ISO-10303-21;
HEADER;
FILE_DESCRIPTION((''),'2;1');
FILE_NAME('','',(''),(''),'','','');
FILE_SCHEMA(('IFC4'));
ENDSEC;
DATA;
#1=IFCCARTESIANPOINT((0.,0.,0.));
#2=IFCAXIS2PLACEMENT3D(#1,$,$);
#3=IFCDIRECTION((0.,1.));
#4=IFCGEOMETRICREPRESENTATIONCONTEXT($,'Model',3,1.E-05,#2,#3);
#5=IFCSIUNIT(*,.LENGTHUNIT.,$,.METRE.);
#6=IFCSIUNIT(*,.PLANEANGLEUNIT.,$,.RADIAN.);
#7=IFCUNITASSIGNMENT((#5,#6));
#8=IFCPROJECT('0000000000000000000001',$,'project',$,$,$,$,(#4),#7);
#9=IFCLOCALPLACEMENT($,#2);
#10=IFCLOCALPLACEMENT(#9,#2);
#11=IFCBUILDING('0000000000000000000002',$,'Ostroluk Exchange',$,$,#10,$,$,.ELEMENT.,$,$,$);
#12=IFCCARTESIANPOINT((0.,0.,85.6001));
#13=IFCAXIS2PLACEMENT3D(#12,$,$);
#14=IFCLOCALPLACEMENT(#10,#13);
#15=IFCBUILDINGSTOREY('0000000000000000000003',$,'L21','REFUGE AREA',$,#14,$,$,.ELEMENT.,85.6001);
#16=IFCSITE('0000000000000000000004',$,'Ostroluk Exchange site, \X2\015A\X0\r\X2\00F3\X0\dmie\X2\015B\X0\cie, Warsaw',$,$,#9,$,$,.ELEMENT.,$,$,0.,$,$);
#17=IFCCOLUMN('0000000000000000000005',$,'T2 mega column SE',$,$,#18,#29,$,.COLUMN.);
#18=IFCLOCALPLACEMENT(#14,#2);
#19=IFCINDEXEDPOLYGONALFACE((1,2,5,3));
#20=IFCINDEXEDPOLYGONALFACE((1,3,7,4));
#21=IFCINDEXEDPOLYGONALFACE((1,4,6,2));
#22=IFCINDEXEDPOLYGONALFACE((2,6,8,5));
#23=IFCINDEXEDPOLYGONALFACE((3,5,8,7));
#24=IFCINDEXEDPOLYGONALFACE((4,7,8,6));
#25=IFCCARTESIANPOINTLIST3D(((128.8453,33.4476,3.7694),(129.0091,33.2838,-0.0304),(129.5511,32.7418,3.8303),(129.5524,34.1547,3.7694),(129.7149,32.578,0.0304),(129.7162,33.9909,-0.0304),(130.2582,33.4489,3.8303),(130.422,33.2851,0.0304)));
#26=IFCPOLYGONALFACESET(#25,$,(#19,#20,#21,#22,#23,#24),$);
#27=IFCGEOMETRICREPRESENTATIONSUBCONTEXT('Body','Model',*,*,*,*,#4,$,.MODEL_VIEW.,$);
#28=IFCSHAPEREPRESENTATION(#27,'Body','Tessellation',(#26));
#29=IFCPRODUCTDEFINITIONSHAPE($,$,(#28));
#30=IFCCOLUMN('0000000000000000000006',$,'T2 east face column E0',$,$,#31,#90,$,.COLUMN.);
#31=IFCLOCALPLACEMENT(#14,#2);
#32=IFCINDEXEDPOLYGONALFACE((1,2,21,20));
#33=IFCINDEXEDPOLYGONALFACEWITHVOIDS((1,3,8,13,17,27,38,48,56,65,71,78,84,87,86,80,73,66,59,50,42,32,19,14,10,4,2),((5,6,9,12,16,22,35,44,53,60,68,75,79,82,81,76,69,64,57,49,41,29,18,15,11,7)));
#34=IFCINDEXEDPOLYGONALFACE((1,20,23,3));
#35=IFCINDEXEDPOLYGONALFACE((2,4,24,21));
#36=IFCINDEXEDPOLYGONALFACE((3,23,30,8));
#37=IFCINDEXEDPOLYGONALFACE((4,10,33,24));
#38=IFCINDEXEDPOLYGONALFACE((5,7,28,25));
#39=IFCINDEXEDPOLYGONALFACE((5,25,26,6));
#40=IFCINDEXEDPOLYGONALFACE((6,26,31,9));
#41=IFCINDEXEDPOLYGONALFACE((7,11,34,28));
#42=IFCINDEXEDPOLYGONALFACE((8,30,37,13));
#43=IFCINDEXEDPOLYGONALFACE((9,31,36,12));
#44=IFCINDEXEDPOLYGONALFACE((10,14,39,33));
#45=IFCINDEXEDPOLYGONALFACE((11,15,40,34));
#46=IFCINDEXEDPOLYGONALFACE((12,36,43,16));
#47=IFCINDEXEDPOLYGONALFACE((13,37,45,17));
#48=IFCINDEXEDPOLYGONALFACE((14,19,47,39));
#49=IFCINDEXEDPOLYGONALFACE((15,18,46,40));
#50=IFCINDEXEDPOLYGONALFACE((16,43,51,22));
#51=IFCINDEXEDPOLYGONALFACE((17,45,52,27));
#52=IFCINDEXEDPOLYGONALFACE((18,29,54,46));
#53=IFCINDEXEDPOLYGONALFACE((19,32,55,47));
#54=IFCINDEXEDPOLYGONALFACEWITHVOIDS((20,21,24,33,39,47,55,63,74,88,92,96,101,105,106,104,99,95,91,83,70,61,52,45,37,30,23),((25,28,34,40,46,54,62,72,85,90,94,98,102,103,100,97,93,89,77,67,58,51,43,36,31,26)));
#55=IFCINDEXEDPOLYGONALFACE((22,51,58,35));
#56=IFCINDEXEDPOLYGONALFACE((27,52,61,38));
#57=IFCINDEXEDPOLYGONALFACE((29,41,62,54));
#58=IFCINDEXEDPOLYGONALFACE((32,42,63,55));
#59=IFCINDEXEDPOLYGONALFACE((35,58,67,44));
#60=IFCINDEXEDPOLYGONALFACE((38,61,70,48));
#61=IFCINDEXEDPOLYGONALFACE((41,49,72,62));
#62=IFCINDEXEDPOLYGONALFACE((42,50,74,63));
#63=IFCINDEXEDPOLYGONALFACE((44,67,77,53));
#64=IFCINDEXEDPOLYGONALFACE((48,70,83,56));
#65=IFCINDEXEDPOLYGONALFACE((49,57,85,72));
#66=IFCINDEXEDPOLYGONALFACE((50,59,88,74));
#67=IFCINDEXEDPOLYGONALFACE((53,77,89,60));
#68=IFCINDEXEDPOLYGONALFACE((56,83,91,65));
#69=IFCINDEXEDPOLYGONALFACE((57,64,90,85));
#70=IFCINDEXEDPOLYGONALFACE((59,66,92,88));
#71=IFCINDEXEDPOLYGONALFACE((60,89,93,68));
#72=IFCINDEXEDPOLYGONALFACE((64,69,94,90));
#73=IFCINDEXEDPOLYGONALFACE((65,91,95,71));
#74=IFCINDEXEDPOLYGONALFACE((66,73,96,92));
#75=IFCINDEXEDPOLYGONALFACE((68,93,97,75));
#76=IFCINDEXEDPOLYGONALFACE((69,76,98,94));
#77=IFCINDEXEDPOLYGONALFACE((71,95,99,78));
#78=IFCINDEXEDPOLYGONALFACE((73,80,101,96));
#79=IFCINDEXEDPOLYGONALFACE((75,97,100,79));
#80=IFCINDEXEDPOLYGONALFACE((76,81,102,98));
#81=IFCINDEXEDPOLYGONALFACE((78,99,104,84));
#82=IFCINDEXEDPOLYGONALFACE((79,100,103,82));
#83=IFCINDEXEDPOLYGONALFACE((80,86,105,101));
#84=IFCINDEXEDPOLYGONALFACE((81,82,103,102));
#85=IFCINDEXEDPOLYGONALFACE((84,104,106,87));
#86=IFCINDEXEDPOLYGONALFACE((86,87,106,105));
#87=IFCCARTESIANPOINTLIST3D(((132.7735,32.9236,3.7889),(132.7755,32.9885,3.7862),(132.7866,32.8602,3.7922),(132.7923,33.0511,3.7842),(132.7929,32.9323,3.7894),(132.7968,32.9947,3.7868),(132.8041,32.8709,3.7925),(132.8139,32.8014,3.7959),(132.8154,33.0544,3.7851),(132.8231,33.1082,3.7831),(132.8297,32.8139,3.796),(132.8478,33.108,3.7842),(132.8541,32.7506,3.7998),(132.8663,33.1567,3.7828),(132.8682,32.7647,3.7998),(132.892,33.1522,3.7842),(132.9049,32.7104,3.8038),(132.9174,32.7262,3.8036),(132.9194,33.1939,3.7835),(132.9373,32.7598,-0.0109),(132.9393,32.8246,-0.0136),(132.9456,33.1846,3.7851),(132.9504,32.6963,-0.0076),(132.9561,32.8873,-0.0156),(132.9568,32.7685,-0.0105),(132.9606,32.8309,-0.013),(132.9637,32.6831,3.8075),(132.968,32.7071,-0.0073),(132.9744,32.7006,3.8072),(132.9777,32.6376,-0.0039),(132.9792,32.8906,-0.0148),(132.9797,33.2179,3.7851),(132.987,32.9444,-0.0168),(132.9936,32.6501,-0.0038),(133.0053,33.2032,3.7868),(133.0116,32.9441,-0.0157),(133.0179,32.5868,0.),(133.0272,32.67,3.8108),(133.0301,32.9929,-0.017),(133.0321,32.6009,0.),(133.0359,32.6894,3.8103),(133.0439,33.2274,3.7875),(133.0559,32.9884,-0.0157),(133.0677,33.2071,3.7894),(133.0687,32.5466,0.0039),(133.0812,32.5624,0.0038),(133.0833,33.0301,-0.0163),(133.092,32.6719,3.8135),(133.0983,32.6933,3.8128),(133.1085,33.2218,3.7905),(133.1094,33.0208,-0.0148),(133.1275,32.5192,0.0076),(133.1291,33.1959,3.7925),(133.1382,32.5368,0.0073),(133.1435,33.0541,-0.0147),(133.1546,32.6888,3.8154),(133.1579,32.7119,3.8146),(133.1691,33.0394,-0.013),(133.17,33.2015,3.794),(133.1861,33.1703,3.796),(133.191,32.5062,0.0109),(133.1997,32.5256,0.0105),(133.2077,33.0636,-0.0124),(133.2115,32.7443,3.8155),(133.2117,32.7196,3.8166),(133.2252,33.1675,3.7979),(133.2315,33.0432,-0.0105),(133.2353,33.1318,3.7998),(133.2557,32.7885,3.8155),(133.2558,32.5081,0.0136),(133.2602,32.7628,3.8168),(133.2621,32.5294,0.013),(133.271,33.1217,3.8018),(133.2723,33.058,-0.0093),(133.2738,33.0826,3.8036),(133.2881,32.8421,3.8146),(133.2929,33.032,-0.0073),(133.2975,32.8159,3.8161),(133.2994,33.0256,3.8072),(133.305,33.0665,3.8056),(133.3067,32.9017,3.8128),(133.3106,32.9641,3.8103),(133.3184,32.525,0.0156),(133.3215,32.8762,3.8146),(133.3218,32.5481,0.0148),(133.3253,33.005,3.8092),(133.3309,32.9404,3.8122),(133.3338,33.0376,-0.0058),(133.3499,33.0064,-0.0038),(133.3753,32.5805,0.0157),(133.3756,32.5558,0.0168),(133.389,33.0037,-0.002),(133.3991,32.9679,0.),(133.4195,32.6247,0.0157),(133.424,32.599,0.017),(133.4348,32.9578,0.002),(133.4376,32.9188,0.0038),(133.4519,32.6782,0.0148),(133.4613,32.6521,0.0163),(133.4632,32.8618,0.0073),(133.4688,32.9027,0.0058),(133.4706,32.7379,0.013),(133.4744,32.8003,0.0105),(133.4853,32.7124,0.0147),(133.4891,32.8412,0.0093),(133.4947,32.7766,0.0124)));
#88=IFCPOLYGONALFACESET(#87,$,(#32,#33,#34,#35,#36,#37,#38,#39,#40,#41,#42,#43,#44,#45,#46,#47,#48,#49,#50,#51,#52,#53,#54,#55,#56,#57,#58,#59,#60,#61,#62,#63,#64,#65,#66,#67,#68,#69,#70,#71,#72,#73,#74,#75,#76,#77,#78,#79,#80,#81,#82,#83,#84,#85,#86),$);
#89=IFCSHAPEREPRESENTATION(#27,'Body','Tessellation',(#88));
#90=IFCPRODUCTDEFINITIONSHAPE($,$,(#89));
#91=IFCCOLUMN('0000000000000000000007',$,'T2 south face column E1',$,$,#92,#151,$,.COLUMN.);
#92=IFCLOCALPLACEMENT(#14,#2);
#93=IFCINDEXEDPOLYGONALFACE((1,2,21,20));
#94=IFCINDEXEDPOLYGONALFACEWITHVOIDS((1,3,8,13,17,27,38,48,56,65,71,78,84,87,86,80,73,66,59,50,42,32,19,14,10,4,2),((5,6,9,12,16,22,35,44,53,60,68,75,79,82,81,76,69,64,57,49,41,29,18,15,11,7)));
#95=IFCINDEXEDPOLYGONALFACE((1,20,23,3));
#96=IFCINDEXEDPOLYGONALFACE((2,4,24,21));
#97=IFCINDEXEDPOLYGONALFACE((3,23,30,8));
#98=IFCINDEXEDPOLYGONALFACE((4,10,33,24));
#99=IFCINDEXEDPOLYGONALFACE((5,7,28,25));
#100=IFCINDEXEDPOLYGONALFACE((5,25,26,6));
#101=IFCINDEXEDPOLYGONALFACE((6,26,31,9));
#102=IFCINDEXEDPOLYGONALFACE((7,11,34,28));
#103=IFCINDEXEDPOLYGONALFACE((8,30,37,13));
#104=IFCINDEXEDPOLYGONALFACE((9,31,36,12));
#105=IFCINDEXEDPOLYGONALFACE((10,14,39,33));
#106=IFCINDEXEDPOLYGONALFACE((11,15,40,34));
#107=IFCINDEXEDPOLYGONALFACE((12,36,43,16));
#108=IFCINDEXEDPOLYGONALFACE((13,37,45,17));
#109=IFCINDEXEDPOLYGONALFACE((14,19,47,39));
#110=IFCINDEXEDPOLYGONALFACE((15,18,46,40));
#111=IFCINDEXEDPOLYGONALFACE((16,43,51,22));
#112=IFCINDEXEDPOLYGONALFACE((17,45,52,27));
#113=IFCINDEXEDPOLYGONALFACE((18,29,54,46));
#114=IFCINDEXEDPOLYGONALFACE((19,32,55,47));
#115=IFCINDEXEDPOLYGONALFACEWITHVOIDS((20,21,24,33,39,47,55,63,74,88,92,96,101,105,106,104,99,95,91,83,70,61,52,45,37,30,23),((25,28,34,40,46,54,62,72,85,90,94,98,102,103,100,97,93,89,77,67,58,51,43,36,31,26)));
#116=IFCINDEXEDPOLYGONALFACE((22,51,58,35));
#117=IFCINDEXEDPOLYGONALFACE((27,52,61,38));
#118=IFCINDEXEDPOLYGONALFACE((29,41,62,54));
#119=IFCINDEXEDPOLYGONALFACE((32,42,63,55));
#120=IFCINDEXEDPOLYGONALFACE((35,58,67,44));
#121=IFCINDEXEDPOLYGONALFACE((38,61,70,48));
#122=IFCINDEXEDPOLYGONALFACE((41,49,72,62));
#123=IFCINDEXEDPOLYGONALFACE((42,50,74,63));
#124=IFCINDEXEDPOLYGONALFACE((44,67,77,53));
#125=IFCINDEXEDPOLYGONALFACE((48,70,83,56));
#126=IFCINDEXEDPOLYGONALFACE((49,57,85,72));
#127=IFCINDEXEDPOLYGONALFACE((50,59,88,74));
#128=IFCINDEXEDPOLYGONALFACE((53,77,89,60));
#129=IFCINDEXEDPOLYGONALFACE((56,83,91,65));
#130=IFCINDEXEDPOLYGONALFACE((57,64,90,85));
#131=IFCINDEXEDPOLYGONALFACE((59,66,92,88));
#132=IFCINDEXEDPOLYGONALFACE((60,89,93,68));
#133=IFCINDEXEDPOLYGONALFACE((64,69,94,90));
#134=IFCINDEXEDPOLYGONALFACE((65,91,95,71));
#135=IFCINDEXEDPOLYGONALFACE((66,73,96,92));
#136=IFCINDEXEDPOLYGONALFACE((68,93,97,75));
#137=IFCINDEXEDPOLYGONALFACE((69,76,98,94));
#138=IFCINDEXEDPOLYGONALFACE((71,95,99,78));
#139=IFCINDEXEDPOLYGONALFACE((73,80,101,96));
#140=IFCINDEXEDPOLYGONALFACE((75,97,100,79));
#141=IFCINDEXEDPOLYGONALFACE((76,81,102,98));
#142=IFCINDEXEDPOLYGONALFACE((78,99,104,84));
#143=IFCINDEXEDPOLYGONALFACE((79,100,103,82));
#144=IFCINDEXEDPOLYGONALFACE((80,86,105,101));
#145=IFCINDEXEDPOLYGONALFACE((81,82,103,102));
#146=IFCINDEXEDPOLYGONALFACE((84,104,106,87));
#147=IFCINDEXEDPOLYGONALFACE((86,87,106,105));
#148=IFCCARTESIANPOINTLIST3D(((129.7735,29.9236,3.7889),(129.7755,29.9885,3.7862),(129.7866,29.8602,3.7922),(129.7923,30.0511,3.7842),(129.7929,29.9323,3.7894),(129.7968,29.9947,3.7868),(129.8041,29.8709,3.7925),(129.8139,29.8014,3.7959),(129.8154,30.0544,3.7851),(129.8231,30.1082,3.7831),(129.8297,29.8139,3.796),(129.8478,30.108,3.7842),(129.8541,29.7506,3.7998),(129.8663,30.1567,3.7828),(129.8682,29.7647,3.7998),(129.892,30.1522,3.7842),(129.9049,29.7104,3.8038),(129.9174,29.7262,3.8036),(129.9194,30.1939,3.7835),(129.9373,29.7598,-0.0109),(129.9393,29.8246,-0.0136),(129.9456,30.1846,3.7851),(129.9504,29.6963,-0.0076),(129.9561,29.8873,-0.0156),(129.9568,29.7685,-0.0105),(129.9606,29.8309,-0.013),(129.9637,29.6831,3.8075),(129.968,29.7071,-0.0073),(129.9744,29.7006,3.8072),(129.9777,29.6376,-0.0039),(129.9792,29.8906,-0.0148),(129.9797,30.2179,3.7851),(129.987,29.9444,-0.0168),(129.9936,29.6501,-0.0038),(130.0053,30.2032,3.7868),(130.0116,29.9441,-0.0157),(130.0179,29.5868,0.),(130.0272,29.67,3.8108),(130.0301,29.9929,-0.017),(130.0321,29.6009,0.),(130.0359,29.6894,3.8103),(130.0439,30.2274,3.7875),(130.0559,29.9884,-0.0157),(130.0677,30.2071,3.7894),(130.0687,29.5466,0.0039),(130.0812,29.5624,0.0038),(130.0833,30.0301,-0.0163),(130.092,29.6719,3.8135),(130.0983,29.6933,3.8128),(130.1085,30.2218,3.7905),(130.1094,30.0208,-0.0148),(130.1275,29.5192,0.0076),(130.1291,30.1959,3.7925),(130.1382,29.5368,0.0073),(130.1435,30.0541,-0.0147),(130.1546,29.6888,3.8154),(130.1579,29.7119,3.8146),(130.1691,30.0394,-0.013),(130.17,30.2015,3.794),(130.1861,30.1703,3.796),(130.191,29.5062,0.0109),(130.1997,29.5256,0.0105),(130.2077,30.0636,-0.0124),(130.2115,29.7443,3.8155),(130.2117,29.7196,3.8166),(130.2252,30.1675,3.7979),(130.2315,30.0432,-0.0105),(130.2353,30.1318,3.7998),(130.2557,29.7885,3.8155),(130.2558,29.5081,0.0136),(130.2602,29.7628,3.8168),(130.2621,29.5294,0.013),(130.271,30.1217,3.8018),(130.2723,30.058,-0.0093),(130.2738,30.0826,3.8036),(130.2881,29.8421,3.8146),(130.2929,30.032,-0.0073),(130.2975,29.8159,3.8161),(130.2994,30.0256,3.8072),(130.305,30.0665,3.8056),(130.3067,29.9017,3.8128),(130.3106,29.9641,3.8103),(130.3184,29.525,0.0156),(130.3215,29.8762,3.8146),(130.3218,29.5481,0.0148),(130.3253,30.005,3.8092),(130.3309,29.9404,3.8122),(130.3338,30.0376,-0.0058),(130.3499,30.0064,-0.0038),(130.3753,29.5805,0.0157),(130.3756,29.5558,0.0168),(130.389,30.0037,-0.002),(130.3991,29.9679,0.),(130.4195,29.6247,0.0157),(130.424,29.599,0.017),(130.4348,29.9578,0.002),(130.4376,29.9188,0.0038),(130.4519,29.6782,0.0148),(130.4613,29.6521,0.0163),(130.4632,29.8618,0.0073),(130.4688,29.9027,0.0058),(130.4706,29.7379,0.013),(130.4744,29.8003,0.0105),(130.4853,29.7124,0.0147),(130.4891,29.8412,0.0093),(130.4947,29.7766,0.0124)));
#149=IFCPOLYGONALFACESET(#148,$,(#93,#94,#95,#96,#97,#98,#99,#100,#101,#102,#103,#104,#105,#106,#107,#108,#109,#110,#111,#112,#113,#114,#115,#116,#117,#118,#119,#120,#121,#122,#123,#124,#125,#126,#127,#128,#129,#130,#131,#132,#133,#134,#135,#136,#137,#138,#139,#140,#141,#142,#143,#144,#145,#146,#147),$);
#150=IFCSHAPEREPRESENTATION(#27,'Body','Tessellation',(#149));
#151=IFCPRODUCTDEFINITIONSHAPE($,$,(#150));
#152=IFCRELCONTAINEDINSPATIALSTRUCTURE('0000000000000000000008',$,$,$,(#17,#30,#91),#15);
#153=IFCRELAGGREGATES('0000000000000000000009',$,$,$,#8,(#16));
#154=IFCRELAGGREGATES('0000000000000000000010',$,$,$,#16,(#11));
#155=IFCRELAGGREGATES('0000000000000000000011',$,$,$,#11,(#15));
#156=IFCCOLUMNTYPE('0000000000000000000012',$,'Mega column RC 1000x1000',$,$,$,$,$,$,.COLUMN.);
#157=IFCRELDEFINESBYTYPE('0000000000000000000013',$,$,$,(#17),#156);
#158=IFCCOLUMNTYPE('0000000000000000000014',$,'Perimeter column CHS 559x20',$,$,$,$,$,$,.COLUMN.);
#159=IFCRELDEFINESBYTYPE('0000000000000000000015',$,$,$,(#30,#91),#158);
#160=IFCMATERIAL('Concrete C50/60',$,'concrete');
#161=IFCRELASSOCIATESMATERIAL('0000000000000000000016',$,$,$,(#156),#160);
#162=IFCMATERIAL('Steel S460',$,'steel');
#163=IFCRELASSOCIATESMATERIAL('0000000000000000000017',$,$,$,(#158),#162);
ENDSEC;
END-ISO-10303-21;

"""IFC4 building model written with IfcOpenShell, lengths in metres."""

from ifc_helpers import new_model, si_unit, direction, frame, origin, origin_2d, place, context, subcontext, project, spatial, rectangle, hollow_circle, extrude, material, material_profile, profile_set, type_object, element, save


model = new_model("IFC4")

# Units and contexts
model_context = context("Model", 3, precision=1e-05, world=origin(), true_north=direction((0.0, 1.0)))
body_context = subcontext(model_context, "Body", "Model", "MODEL_VIEW")
ifc_project = project(units=[si_unit("LENGTHUNIT", "METRE"), si_unit("PLANEANGLEUNIT", "RADIAN")], contexts=[model_context])

# Site, building, storey
site_placement = place(None, origin())
site = spatial("IfcSite", under=ifc_project, at=site_placement, Name="Ostroluk Exchange site, Śródmieście, Warsaw", CompositionType="ELEMENT", RefElevation=0.0)
building_placement = place(site_placement, origin())
building = spatial("IfcBuilding", under=site, at=building_placement, Name="Ostroluk Exchange", CompositionType="ELEMENT")
storey_placement = place(building_placement, frame((0.0, 0.0, 85.6001)))
storey = spatial("IfcBuildingStorey", under=building, at=storey_placement, Name="L21", Description="REFUGE AREA", CompositionType="ELEMENT", Elevation=85.6001)

# Columns
ifc_material_1 = material(Name="Concrete C50/60", Category="concrete")
ifc_material_profile_1 = material_profile(ifc_material_1, rectangle(XDim=1.0, YDim=1.0, at=origin_2d()), Name="RC 1000x1000")
ifc_profile_set_1 = profile_set([ifc_material_profile_1], Name="Concrete C50/60")
column_type_1 = type_object("IfcColumnType", Name="Mega column RC 1000x1000", PredefinedType="COLUMN", material=ifc_profile_set_1)
column_1_placement = place(storey_placement, frame((129.7156, 33.2844, 0.0), z_axis=(-0.043032, 0.043032, 0.998146), x_axis=(-0.707107, -0.707107, 0.0)))
element("IfcColumn", 1, at=column_1_placement, inside=storey, type_object=column_type_1, Name="T2 mega column SE", PredefinedType="COLUMN", context=body_context, shape_type="SweptSolid", body=[
    extrude(rectangle(XDim=1.0, YDim=1.0, at=origin_2d()), origin(), (0.0, 0.0, 1.0), 3.8069),
])
ifc_material_2 = material(Name="Steel S460", Category="steel")
ifc_material_profile_2 = material_profile(ifc_material_2, hollow_circle(Radius=0.2795, WallThickness=0.02, at=origin_2d()), Name="CHS 559x20")
ifc_profile_set_2 = profile_set([ifc_material_profile_2], Name="Steel S460")
column_type_2 = type_object("IfcColumnType", Name="Perimeter column CHS 559x20", PredefinedType="COLUMN", material=ifc_profile_set_2)
for number, where, z_axis, x_axis, name in (
    (2, (133.2156, 32.7844, 0.0), (-0.043032, 0.043032, 0.998146), (-0.707107, -0.707107, 0.0), "T2 east face column E0"),
    (3, (130.2156, 29.7844, 0.0), (-0.043032, 0.043032, 0.998146), (-0.707107, -0.707107, 0.0), "T2 south face column E1"),
):
    element("IfcColumn", number, at=place(storey_placement, frame(where, z_axis=z_axis, x_axis=x_axis)), inside=storey, type_object=column_type_2, Name=name, PredefinedType="COLUMN", context=body_context, shape_type="SweptSolid", body=[
        extrude(hollow_circle(Radius=0.2795, WallThickness=0.02, at=origin_2d()), origin(), (0.0, 0.0, 1.0), 3.8069),
    ])

save(model, "model.ifc")
